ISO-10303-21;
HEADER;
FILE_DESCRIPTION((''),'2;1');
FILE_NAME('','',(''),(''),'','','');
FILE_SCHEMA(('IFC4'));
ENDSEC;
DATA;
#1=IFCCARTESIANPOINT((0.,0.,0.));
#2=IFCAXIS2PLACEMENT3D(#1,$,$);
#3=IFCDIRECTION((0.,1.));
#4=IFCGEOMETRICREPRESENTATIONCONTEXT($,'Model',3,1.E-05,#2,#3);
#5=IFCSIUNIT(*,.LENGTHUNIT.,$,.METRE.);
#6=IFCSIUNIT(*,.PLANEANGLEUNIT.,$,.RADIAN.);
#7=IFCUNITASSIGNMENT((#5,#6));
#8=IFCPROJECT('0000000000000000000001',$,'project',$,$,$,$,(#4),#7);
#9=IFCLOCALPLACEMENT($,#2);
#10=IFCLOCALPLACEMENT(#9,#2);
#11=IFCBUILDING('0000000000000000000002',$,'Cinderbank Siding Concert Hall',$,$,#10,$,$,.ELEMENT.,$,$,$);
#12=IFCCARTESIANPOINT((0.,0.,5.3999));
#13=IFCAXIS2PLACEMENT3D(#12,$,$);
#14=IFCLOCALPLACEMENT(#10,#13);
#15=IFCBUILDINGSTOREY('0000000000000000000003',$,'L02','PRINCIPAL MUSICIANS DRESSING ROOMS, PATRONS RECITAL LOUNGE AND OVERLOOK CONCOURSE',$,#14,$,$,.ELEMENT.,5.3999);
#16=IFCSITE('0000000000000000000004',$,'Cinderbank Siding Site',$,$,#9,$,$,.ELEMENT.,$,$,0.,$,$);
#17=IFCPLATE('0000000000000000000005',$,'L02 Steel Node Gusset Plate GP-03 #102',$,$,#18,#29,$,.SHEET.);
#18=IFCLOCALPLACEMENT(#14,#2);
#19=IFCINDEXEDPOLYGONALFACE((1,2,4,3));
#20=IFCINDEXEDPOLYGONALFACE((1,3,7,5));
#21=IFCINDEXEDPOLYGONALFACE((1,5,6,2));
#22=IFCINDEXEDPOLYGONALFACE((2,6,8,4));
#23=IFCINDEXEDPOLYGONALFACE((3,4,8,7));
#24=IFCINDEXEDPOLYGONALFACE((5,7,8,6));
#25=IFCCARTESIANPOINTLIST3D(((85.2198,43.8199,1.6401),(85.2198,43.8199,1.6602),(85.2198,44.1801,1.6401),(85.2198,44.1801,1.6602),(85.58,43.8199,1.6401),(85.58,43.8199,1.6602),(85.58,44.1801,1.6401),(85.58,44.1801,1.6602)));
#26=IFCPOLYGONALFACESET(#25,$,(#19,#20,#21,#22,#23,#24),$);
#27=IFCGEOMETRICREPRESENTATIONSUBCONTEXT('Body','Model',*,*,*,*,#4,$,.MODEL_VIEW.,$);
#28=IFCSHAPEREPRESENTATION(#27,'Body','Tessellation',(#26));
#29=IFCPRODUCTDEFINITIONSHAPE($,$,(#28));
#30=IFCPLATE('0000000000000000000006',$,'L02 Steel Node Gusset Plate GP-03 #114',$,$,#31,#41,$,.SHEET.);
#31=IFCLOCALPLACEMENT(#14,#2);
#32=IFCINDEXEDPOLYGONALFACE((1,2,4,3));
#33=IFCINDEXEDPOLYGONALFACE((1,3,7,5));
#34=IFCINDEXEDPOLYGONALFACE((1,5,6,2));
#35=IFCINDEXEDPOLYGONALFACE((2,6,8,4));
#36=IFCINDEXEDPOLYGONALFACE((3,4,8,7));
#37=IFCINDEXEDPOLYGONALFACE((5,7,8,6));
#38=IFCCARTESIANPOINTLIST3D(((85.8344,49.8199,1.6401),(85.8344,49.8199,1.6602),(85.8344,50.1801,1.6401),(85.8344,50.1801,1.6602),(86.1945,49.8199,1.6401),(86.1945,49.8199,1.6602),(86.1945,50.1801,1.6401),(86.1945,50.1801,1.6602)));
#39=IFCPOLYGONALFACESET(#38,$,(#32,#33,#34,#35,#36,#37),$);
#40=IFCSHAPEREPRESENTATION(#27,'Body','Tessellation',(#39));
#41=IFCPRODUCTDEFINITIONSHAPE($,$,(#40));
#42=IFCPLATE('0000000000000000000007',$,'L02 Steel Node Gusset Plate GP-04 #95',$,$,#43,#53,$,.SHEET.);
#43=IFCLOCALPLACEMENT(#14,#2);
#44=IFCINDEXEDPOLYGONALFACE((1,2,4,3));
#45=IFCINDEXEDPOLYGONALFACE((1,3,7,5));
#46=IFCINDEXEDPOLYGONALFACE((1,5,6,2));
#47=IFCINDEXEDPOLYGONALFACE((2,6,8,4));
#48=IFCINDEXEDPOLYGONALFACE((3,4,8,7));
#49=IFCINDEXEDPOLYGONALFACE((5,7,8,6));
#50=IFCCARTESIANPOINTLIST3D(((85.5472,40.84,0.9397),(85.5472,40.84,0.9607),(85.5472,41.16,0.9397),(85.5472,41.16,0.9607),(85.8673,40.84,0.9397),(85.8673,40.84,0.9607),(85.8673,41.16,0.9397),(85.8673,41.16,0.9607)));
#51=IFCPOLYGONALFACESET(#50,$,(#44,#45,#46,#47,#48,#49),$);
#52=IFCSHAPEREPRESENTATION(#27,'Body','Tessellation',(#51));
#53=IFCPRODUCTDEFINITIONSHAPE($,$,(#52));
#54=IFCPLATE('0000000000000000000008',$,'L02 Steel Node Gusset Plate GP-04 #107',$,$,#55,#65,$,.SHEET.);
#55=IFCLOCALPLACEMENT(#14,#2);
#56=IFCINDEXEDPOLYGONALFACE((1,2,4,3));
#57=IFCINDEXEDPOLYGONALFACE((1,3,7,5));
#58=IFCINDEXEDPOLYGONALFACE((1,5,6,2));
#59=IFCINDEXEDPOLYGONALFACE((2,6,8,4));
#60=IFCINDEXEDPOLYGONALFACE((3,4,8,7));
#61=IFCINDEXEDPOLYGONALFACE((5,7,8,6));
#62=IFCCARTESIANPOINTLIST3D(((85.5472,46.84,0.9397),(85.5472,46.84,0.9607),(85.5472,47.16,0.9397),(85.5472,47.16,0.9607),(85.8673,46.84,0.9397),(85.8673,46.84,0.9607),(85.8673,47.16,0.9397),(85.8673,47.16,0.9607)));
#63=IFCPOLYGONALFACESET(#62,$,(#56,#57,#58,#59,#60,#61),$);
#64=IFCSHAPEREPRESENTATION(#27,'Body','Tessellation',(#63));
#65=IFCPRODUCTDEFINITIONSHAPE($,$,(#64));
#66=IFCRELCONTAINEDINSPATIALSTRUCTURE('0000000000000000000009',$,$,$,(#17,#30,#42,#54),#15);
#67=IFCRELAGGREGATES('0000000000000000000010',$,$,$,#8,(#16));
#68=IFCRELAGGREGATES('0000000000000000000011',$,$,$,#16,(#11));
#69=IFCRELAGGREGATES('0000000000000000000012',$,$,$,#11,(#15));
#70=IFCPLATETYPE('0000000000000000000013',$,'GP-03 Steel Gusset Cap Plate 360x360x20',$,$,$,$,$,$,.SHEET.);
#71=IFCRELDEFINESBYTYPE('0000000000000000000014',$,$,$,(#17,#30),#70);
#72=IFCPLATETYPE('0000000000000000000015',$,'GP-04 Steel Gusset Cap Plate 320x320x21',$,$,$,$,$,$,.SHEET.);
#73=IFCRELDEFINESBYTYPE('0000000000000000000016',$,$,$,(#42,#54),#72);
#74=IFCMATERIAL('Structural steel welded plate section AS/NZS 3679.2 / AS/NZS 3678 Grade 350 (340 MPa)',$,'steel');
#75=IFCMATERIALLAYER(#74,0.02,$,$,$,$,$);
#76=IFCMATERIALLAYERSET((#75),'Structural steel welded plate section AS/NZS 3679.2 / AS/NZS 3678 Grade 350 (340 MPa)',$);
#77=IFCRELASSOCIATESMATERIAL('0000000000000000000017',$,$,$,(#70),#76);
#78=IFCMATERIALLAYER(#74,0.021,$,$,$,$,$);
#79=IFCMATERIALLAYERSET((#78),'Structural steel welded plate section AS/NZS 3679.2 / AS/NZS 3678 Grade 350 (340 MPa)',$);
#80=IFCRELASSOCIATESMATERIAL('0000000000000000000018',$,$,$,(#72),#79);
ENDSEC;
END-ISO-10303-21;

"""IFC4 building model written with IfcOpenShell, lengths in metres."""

from ifc_helpers import new_model, si_unit, direction, frame, origin, origin_2d, place, context, subcontext, project, spatial, rectangle, extrude, material, layer, layer_set, type_object, element, save


model = new_model("IFC4")

# Units and contexts
model_context = context("Model", 3, precision=1e-05, world=origin(), true_north=direction((0.0, 1.0)))
body_context = subcontext(model_context, "Body", "Model", "MODEL_VIEW")
ifc_project = project(units=[si_unit("LENGTHUNIT", "METRE"), si_unit("PLANEANGLEUNIT", "RADIAN")], contexts=[model_context])

# Site, building, storey
site_placement = place(None, origin())
site = spatial("IfcSite", under=ifc_project, at=site_placement, Name="Cinderbank Siding Site", CompositionType="ELEMENT", RefElevation=0.0)
building_placement = place(site_placement, origin())
building = spatial("IfcBuilding", under=site, at=building_placement, Name="Cinderbank Siding Concert Hall", CompositionType="ELEMENT")
storey_placement = place(building_placement, frame((0.0, 0.0, 5.3999)))
storey = spatial("IfcBuildingStorey", under=building, at=storey_placement, Name="L02", Description="PRINCIPAL MUSICIANS DRESSING ROOMS, PATRONS RECITAL LOUNGE AND OVERLOOK CONCOURSE", CompositionType="ELEMENT", Elevation=5.3999)

# Shared definitions
ifc_material_1 = material(Name="Structural steel welded plate section AS/NZS 3679.2 / AS/NZS 3678 Grade 350 (340 MPa)", Category="steel")

# Plates
ifc_layer_1 = layer(ifc_material_1, 0.02)
ifc_layer_set_1 = layer_set([ifc_layer_1], Name="Structural steel welded plate section AS/NZS 3679.2 / AS/NZS 3678 Grade 350 (340 MPa)")
plate_type_1 = type_object("IfcPlateType", Name="GP-03 Steel Gusset Cap Plate 360x360x20", PredefinedType="SHEET", material=ifc_layer_set_1)
for number, where, z_axis, x_axis, name in (
    (1, (85.3999, 44.0, 1.6401), (0.0, 0.0, 1.0), (-1.0, 0.0, 0.0), "L02 Steel Node Gusset Plate GP-03 #102"),
    (2, (86.0144, 50.0, 1.6401), (0.0, 0.0, 1.0), (-1.0, 0.0, 0.0), "L02 Steel Node Gusset Plate GP-03 #114"),
):
    element("IfcPlate", number, at=place(storey_placement, frame(where, z_axis=z_axis, x_axis=x_axis)), inside=storey, type_object=plate_type_1, Name=name, PredefinedType="SHEET", context=body_context, shape_type="SweptSolid", body=[
        extrude(rectangle(XDim=0.3601, YDim=0.3601, at=origin_2d()), origin(), (0.0, 0.0, 1.0), 0.02),
    ])
ifc_layer_2 = layer(ifc_material_1, 0.021)
ifc_layer_set_2 = layer_set([ifc_layer_2], Name="Structural steel welded plate section AS/NZS 3679.2 / AS/NZS 3678 Grade 350 (340 MPa)")
plate_type_2 = type_object("IfcPlateType", Name="GP-04 Steel Gusset Cap Plate 320x320x21", PredefinedType="SHEET", material=ifc_layer_set_2)
for number, where, z_axis, x_axis, name in (
    (3, (85.7073, 41.0, 0.9397), (0.0, 0.0, 1.0), (-1.0, 0.0, 0.0), "L02 Steel Node Gusset Plate GP-04 #95"),
    (4, (85.7073, 47.0, 0.9397), (0.0, 0.0, 1.0), (-1.0, 0.0, 0.0), "L02 Steel Node Gusset Plate GP-04 #107"),
):
    element("IfcPlate", number, at=place(storey_placement, frame(where, z_axis=z_axis, x_axis=x_axis)), inside=storey, type_object=plate_type_2, Name=name, PredefinedType="SHEET", context=body_context, shape_type="SweptSolid", body=[
        extrude(rectangle(XDim=0.3201, YDim=0.3201, at=origin_2d()), origin(), (0.0, 0.0, 1.0), 0.021),
    ])

save(model, "model.ifc")
